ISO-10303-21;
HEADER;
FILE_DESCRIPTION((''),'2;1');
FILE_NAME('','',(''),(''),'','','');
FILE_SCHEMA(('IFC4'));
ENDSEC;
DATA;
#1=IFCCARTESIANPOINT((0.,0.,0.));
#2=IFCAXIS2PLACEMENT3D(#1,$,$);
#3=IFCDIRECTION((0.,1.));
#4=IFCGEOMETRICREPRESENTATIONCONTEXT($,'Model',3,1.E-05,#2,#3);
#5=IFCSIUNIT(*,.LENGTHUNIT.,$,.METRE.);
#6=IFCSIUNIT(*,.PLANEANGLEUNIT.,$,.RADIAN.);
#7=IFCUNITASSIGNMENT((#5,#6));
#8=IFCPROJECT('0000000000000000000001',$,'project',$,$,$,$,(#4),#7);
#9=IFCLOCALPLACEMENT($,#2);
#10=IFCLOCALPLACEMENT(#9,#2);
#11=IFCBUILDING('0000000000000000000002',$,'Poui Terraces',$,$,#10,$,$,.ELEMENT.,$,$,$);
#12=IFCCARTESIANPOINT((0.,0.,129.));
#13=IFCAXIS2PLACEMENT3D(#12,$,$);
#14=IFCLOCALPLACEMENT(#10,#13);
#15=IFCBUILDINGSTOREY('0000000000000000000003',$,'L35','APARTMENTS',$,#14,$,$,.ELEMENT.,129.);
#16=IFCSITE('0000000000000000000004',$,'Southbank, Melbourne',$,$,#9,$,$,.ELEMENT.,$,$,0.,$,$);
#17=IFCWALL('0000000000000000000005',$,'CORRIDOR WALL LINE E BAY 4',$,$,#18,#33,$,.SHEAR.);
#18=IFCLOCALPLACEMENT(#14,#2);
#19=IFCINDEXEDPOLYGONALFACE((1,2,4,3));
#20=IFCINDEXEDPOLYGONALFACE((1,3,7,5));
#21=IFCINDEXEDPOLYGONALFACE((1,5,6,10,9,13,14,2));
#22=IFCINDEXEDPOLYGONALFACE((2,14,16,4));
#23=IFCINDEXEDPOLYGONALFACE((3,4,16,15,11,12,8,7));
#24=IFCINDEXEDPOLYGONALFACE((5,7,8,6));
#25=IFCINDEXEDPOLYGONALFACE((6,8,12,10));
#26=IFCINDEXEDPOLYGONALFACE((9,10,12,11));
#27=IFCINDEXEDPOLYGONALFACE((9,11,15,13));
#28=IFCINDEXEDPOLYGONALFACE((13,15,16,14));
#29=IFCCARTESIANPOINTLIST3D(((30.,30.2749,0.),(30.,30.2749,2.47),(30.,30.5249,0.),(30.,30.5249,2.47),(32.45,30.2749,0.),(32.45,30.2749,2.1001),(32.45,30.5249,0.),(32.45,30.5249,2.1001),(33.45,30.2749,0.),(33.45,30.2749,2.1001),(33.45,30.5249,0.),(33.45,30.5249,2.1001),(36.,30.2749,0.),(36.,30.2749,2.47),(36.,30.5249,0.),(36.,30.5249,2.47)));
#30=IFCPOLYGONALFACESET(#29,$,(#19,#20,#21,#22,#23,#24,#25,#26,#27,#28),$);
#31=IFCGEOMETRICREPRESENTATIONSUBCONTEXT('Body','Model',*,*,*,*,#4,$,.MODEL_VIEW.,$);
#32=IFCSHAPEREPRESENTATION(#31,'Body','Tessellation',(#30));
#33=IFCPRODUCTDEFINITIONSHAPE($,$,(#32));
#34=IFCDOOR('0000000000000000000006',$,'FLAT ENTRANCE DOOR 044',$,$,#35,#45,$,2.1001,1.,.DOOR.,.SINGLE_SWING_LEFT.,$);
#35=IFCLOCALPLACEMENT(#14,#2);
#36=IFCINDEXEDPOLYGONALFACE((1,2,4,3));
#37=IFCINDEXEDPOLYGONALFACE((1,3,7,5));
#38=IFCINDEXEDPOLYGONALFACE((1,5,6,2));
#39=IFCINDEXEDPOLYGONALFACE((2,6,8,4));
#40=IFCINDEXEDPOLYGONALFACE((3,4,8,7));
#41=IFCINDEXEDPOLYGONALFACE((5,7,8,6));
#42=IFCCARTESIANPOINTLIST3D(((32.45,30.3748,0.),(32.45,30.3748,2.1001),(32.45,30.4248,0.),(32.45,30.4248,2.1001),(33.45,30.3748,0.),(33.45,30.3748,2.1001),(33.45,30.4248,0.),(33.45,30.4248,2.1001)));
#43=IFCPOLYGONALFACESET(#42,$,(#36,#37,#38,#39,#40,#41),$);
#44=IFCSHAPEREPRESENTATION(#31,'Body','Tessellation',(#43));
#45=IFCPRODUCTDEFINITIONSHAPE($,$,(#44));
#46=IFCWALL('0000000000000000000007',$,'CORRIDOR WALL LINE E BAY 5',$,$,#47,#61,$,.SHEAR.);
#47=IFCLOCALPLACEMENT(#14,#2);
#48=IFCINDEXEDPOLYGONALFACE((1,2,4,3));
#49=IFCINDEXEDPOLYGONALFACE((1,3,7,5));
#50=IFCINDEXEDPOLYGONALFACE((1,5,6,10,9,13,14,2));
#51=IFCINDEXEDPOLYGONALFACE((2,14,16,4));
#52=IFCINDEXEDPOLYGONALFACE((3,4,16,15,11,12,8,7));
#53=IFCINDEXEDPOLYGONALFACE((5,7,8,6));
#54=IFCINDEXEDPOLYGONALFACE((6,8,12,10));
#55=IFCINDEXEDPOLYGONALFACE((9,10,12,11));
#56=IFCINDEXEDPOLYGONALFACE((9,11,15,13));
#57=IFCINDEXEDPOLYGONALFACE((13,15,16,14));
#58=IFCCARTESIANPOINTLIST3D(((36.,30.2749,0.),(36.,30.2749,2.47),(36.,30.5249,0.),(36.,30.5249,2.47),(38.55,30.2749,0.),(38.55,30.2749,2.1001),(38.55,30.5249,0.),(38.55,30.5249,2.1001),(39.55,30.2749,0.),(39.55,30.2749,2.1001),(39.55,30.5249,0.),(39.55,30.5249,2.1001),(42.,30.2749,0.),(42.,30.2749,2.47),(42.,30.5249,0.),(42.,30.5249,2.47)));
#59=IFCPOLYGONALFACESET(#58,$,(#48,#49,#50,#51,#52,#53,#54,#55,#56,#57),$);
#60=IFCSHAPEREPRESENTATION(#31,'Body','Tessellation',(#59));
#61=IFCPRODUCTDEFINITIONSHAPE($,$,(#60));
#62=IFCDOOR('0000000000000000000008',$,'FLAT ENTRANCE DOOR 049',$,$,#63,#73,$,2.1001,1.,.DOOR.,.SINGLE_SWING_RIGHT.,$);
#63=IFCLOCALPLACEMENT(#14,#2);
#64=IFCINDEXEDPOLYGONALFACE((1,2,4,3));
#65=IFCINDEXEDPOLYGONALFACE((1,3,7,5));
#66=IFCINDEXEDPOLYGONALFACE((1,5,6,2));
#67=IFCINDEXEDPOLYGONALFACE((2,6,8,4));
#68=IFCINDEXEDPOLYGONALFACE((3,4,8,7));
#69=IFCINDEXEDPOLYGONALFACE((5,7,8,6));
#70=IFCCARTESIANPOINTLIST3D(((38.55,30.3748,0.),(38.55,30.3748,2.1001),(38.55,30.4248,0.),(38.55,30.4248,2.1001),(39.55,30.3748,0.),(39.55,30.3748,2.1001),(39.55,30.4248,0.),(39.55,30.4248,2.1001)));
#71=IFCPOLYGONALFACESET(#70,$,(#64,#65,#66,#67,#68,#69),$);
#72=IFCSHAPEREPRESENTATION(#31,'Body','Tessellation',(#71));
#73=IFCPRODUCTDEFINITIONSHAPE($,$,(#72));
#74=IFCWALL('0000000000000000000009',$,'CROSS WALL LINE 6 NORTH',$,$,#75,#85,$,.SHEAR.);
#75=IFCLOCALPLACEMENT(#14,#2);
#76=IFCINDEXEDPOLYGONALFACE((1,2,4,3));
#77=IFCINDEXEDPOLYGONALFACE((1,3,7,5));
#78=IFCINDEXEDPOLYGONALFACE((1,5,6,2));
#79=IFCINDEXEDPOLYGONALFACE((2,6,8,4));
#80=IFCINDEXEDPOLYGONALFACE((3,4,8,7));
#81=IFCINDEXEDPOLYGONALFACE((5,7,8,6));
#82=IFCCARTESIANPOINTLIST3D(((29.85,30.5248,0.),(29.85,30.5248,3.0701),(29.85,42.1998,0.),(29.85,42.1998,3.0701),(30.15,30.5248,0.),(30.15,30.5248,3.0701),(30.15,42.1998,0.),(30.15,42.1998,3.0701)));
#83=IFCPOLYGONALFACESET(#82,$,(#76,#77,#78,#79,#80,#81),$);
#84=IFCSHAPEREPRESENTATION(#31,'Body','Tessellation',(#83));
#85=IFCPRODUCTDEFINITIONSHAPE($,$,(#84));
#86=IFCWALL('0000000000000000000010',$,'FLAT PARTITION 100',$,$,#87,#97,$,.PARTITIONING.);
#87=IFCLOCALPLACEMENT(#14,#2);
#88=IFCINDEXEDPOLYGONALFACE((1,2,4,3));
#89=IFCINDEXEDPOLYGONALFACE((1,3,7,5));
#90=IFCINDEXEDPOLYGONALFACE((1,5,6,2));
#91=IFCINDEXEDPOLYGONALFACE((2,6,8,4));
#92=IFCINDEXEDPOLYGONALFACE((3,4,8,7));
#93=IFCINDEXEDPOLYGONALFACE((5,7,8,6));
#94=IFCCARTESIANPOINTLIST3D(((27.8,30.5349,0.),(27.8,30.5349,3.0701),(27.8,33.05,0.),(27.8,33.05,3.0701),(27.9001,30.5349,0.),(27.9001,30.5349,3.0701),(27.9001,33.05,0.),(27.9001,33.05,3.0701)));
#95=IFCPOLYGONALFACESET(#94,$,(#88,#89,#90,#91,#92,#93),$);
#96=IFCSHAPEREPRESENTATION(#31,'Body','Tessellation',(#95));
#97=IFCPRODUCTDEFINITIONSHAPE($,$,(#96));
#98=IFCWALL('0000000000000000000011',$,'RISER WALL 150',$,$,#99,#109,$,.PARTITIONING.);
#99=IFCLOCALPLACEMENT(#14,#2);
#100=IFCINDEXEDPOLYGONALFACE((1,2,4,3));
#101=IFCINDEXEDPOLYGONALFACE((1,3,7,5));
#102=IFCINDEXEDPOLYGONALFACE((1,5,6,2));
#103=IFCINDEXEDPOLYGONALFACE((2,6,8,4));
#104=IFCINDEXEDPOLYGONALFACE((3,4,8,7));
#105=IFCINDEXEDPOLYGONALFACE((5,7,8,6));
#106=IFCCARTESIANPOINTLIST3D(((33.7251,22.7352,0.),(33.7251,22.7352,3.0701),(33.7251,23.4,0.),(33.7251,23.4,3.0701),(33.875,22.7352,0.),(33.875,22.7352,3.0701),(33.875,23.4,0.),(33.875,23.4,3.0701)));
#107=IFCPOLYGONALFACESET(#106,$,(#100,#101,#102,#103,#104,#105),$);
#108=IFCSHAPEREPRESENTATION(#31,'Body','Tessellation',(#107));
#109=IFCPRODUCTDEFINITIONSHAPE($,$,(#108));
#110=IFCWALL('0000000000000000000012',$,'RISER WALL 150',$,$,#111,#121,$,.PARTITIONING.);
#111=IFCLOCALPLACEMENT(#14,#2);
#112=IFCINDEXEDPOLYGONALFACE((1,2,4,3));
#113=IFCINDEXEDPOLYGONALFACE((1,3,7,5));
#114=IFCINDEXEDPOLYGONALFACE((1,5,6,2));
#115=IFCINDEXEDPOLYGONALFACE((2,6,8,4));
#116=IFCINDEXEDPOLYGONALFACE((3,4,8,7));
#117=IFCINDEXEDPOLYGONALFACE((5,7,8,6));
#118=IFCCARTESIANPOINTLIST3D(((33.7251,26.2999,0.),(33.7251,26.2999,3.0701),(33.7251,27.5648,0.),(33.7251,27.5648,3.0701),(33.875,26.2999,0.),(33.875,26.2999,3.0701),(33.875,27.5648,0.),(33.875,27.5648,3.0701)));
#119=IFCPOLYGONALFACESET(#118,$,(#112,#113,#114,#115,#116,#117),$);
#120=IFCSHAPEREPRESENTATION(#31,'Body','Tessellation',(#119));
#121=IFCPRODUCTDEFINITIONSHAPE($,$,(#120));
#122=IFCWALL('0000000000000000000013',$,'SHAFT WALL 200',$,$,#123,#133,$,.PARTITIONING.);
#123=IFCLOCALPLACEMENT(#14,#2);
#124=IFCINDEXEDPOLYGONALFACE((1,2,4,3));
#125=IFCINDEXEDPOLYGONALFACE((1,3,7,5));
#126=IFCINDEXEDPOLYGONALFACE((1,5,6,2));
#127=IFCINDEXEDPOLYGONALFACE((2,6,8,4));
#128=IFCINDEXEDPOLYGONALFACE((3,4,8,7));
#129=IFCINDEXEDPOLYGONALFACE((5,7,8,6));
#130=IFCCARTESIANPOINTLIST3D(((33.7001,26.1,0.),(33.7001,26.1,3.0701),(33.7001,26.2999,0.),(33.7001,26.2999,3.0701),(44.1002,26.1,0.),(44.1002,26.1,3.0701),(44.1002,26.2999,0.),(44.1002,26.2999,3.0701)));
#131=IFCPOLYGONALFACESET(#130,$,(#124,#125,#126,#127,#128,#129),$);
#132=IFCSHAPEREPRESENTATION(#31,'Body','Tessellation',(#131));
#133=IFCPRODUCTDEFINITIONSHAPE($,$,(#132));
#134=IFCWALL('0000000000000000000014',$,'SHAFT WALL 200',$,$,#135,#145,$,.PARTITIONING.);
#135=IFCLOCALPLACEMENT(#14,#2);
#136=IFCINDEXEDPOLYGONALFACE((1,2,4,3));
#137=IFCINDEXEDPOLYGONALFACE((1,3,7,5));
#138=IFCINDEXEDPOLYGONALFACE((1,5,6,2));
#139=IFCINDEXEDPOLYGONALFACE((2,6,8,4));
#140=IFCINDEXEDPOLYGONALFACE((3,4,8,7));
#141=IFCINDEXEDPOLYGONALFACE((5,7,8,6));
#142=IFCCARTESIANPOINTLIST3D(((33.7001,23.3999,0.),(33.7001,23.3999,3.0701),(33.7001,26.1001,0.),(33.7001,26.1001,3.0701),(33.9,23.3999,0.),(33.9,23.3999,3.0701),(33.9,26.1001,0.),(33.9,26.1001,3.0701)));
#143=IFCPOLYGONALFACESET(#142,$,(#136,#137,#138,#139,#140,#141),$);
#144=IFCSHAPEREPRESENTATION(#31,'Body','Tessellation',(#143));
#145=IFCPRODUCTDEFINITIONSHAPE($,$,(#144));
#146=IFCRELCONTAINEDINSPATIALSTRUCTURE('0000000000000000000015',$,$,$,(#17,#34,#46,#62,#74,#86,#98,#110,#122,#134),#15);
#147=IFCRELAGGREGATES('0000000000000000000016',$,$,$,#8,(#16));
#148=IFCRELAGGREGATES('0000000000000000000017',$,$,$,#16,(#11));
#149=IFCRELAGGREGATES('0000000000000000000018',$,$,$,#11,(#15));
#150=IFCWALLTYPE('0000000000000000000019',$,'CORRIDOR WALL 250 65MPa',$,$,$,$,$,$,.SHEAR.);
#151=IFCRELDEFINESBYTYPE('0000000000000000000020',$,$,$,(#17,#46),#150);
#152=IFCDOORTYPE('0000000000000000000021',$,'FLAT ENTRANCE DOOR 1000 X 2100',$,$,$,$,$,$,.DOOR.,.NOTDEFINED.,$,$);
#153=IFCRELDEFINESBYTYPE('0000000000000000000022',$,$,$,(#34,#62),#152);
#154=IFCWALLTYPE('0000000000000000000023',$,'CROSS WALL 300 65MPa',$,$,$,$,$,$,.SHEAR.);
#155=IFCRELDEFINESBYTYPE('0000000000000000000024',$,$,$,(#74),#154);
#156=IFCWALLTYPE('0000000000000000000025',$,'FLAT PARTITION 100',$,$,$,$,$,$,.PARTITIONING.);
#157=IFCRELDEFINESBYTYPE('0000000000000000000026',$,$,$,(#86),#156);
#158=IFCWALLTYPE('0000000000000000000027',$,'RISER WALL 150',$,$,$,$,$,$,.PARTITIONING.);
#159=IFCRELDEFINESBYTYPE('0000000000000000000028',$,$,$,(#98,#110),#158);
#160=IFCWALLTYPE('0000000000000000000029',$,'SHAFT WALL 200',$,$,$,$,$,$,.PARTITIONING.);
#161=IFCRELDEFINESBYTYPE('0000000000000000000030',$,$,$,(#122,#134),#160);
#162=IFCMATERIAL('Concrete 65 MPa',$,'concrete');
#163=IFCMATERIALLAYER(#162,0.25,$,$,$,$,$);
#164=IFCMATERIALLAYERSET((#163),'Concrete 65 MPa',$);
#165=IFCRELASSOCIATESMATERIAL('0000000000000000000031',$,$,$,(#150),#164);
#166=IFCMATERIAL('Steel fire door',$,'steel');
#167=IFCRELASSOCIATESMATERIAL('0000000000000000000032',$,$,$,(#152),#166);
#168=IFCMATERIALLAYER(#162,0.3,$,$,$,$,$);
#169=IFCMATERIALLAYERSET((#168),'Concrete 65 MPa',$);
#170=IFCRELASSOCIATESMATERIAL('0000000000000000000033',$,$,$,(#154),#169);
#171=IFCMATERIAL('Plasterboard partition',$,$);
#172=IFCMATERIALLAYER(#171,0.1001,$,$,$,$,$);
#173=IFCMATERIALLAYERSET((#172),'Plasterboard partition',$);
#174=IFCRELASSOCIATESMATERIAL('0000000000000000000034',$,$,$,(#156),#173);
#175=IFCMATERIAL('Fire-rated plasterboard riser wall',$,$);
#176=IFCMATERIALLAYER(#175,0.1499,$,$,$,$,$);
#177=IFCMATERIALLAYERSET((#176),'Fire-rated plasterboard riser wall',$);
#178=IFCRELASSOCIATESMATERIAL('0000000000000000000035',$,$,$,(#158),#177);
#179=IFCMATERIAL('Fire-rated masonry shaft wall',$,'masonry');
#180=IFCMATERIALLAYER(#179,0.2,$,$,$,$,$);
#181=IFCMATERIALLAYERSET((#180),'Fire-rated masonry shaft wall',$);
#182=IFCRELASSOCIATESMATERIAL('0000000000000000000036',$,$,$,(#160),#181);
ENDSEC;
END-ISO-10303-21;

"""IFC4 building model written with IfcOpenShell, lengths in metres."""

from ifc_helpers import new_model, si_unit, direction, frame, frame_2d, origin, place, context, subcontext, project, spatial, rectangle, extrude, material, layer, layer_set, type_object, element, fill, save


model = new_model("IFC4")

# Units and contexts
model_context = context("Model", 3, precision=1e-05, world=origin(), true_north=direction((0.0, 1.0)))
body_context = subcontext(model_context, "Body", "Model", "MODEL_VIEW")
ifc_project = project(units=[si_unit("LENGTHUNIT", "METRE"), si_unit("PLANEANGLEUNIT", "RADIAN")], contexts=[model_context])

# Site, building, storey
site_placement = place(None, origin())
site = spatial("IfcSite", under=ifc_project, at=site_placement, Name="Southbank, Melbourne", CompositionType="ELEMENT", RefElevation=0.0)
building_placement = place(site_placement, origin())
building = spatial("IfcBuilding", under=site, at=building_placement, Name="Poui Terraces", CompositionType="ELEMENT")
storey_placement = place(building_placement, frame((0.0, 0.0, 129.0)))
storey = spatial("IfcBuildingStorey", under=building, at=storey_placement, Name="L35", Description="APARTMENTS", CompositionType="ELEMENT", Elevation=129.0)

# Shared definitions
ifc_material_1 = material(Name="Concrete 65 MPa", Category="concrete")

# Shared definitions
ifc_material_2 = material(Name="Steel fire door", Category="steel")

# Walls, openings, doors
ifc_layer_1 = layer(ifc_material_1, 0.25)
ifc_layer_set_1 = layer_set([ifc_layer_1], Name="Concrete 65 MPa")
wall_type_1 = type_object("IfcWallType", Name="CORRIDOR WALL 250 65MPa", PredefinedType="SHEAR", material=ifc_layer_set_1)
wall_1_placement = place(storey_placement, frame((30.0, 30.3999, 0.0), z_axis=(0.0, 0.0, 1.0), x_axis=(1.0, 0.0, 0.0)))
wall_1 = element("IfcWall", 1, at=wall_1_placement, inside=storey, type_object=wall_type_1, Name="CORRIDOR WALL LINE E BAY 4", PredefinedType="SHEAR", context=body_context, shape_type="SweptSolid", body=[
    extrude(rectangle(XDim=6.0, YDim=0.25, at=frame_2d((3.0, 0.0))), origin(), (0.0, 0.0, 1.0), 2.47),
])
opening_1_placement = place(wall_1_placement, frame((2.45, 0.0, 0.0)))
opening_1 = element("IfcOpeningElement", 2, at=opening_1_placement, cuts=wall_1, PredefinedType="OPENING", context=body_context, shape_type="SweptSolid", body=[
    extrude(rectangle(XDim=1.0, YDim=2.1001, at=frame_2d((0.5, 1.05))), frame((0.0, 0.135, 0.0), z_axis=(0.0, -1.0, 0.0), x_axis=(1.0, 0.0, 0.0)), (0.0, 0.0, 1.0), 0.27),
])
door_type_1 = type_object("IfcDoorType", Name="FLAT ENTRANCE DOOR 1000 X 2100", OperationType="NOTDEFINED", PredefinedType="DOOR", material=ifc_material_2)
door_1_placement = place(opening_1_placement, origin())
door_1 = element("IfcDoor", 3, at=door_1_placement, inside=storey, type_object=door_type_1, Name="FLAT ENTRANCE DOOR 044", OperationType="SINGLE_SWING_LEFT", OverallHeight=2.1001, OverallWidth=1.0, PredefinedType="DOOR", context=body_context, shape_type="SweptSolid", body=[
    extrude(rectangle(XDim=1.0, YDim=2.1001, at=frame_2d((0.5, 1.05))), frame((0.0, 0.0249, 0.0), z_axis=(0.0, -1.0, 0.0), x_axis=(1.0, 0.0, 0.0)), (0.0, 0.0, 1.0), 0.05),
])
fill(opening_1, door_1)
wall_2_placement = place(storey_placement, frame((36.0, 30.3999, 0.0), z_axis=(0.0, 0.0, 1.0), x_axis=(1.0, 0.0, 0.0)))
wall_2 = element("IfcWall", 4, at=wall_2_placement, inside=storey, type_object=wall_type_1, Name="CORRIDOR WALL LINE E BAY 5", PredefinedType="SHEAR", context=body_context, shape_type="SweptSolid", body=[
    extrude(rectangle(XDim=6.0, YDim=0.25, at=frame_2d((3.0, 0.0))), origin(), (0.0, 0.0, 1.0), 2.47),
])
opening_2_placement = place(wall_2_placement, frame((2.55, 0.0, 0.0)))
opening_2 = element("IfcOpeningElement", 5, at=opening_2_placement, cuts=wall_2, PredefinedType="OPENING", context=body_context, shape_type="SweptSolid", body=[
    extrude(rectangle(XDim=1.0, YDim=2.1001, at=frame_2d((0.5, 1.05))), frame((0.0, 0.135, 0.0), z_axis=(0.0, -1.0, 0.0), x_axis=(1.0, 0.0, 0.0)), (0.0, 0.0, 1.0), 0.27),
])
door_2_placement = place(opening_2_placement, origin())
door_2 = element("IfcDoor", 6, at=door_2_placement, inside=storey, type_object=door_type_1, Name="FLAT ENTRANCE DOOR 049", OperationType="SINGLE_SWING_RIGHT", OverallHeight=2.1001, OverallWidth=1.0, PredefinedType="DOOR", context=body_context, shape_type="SweptSolid", body=[
    extrude(rectangle(XDim=1.0, YDim=2.1001, at=frame_2d((0.5, 1.05))), frame((0.0, 0.0249, 0.0), z_axis=(0.0, -1.0, 0.0), x_axis=(1.0, 0.0, 0.0)), (0.0, 0.0, 1.0), 0.05),
])
fill(opening_2, door_2)

# Walls
ifc_layer_2 = layer(ifc_material_1, 0.3)
ifc_layer_set_2 = layer_set([ifc_layer_2], Name="Concrete 65 MPa")
wall_type_2 = type_object("IfcWallType", Name="CROSS WALL 300 65MPa", PredefinedType="SHEAR", material=ifc_layer_set_2)
wall_3_placement = place(storey_placement, frame((30.0, 30.5249, 0.0), z_axis=(0.0, 0.0, 1.0), x_axis=(0.0, 1.0, 0.0)))
element("IfcWall", 7, at=wall_3_placement, inside=storey, type_object=wall_type_2, Name="CROSS WALL LINE 6 NORTH", PredefinedType="SHEAR", context=body_context, shape_type="SweptSolid", body=[
    extrude(rectangle(XDim=11.675, YDim=0.3, at=frame_2d((5.8374, 0.0))), origin(), (0.0, 0.0, 1.0), 3.0701),
])
ifc_material_3 = material(Name="Plasterboard partition")
ifc_layer_3 = layer(ifc_material_3, 0.1001)
ifc_layer_set_3 = layer_set([ifc_layer_3], Name="Plasterboard partition")
wall_type_3 = type_object("IfcWallType", Name="FLAT PARTITION 100", PredefinedType="PARTITIONING", material=ifc_layer_set_3)
wall_4_placement = place(storey_placement, frame((27.8501, 30.5349, 0.0), z_axis=(0.0, 0.0, 1.0), x_axis=(0.0, 1.0, 0.0)))
element("IfcWall", 8, at=wall_4_placement, inside=storey, type_object=wall_type_3, Name="FLAT PARTITION 100", PredefinedType="PARTITIONING", context=body_context, shape_type="SweptSolid", body=[
    extrude(rectangle(XDim=2.5151, YDim=0.1001, at=frame_2d((1.2576, 0.0))), origin(), (0.0, 0.0, 1.0), 3.0701),
])
ifc_material_4 = material(Name="Fire-rated plasterboard riser wall")
ifc_layer_4 = layer(ifc_material_4, 0.1499)
ifc_layer_set_4 = layer_set([ifc_layer_4], Name="Fire-rated plasterboard riser wall")
wall_type_4 = type_object("IfcWallType", Name="RISER WALL 150", PredefinedType="PARTITIONING", material=ifc_layer_set_4)
wall_5_placement = place(storey_placement, frame((33.8, 22.7351, 0.0), z_axis=(0.0, 0.0, 1.0), x_axis=(0.0, 1.0, 0.0)))
element("IfcWall", 9, at=wall_5_placement, inside=storey, type_object=wall_type_4, Name="RISER WALL 150", PredefinedType="PARTITIONING", context=body_context, shape_type="SweptSolid", body=[
    extrude(rectangle(XDim=0.6648, YDim=0.1499, at=frame_2d((0.3325, 0.0))), origin(), (0.0, 0.0, 1.0), 3.0701),
])
wall_6_placement = place(storey_placement, frame((33.8, 26.3, 0.0), z_axis=(0.0, 0.0, 1.0), x_axis=(0.0, 1.0, 0.0)))
element("IfcWall", 10, at=wall_6_placement, inside=storey, type_object=wall_type_4, Name="RISER WALL 150", PredefinedType="PARTITIONING", context=body_context, shape_type="SweptSolid", body=[
    extrude(rectangle(XDim=1.2649, YDim=0.1499, at=frame_2d((0.6323, 0.0))), origin(), (0.0, 0.0, 1.0), 3.0701),
])
ifc_material_5 = material(Name="Fire-rated masonry shaft wall", Category="masonry")
ifc_layer_5 = layer(ifc_material_5, 0.2)
ifc_layer_set_5 = layer_set([ifc_layer_5], Name="Fire-rated masonry shaft wall")
wall_type_5 = type_object("IfcWallType", Name="SHAFT WALL 200", PredefinedType="PARTITIONING", material=ifc_layer_set_5)
wall_7_placement = place(storey_placement, frame((33.7, 26.2, 0.0), z_axis=(0.0, 0.0, 1.0), x_axis=(1.0, 0.0, 0.0)))
element("IfcWall", 11, at=wall_7_placement, inside=storey, type_object=wall_type_5, Name="SHAFT WALL 200", PredefinedType="PARTITIONING", context=body_context, shape_type="SweptSolid", body=[
    extrude(rectangle(XDim=10.4001, YDim=0.2, at=frame_2d((5.2002, 0.0))), origin(), (0.0, 0.0, 1.0), 3.0701),
])
wall_8_placement = place(storey_placement, frame((33.8, 23.3999, 0.0), z_axis=(0.0, 0.0, 1.0), x_axis=(0.0, 1.0, 0.0)))
element("IfcWall", 12, at=wall_8_placement, inside=storey, type_object=wall_type_5, Name="SHAFT WALL 200", PredefinedType="PARTITIONING", context=body_context, shape_type="SweptSolid", body=[
    extrude(rectangle(XDim=2.7002, YDim=0.2, at=frame_2d((1.3501, 0.0))), origin(), (0.0, 0.0, 1.0), 3.0701),
])

save(model, "model.ifc")
